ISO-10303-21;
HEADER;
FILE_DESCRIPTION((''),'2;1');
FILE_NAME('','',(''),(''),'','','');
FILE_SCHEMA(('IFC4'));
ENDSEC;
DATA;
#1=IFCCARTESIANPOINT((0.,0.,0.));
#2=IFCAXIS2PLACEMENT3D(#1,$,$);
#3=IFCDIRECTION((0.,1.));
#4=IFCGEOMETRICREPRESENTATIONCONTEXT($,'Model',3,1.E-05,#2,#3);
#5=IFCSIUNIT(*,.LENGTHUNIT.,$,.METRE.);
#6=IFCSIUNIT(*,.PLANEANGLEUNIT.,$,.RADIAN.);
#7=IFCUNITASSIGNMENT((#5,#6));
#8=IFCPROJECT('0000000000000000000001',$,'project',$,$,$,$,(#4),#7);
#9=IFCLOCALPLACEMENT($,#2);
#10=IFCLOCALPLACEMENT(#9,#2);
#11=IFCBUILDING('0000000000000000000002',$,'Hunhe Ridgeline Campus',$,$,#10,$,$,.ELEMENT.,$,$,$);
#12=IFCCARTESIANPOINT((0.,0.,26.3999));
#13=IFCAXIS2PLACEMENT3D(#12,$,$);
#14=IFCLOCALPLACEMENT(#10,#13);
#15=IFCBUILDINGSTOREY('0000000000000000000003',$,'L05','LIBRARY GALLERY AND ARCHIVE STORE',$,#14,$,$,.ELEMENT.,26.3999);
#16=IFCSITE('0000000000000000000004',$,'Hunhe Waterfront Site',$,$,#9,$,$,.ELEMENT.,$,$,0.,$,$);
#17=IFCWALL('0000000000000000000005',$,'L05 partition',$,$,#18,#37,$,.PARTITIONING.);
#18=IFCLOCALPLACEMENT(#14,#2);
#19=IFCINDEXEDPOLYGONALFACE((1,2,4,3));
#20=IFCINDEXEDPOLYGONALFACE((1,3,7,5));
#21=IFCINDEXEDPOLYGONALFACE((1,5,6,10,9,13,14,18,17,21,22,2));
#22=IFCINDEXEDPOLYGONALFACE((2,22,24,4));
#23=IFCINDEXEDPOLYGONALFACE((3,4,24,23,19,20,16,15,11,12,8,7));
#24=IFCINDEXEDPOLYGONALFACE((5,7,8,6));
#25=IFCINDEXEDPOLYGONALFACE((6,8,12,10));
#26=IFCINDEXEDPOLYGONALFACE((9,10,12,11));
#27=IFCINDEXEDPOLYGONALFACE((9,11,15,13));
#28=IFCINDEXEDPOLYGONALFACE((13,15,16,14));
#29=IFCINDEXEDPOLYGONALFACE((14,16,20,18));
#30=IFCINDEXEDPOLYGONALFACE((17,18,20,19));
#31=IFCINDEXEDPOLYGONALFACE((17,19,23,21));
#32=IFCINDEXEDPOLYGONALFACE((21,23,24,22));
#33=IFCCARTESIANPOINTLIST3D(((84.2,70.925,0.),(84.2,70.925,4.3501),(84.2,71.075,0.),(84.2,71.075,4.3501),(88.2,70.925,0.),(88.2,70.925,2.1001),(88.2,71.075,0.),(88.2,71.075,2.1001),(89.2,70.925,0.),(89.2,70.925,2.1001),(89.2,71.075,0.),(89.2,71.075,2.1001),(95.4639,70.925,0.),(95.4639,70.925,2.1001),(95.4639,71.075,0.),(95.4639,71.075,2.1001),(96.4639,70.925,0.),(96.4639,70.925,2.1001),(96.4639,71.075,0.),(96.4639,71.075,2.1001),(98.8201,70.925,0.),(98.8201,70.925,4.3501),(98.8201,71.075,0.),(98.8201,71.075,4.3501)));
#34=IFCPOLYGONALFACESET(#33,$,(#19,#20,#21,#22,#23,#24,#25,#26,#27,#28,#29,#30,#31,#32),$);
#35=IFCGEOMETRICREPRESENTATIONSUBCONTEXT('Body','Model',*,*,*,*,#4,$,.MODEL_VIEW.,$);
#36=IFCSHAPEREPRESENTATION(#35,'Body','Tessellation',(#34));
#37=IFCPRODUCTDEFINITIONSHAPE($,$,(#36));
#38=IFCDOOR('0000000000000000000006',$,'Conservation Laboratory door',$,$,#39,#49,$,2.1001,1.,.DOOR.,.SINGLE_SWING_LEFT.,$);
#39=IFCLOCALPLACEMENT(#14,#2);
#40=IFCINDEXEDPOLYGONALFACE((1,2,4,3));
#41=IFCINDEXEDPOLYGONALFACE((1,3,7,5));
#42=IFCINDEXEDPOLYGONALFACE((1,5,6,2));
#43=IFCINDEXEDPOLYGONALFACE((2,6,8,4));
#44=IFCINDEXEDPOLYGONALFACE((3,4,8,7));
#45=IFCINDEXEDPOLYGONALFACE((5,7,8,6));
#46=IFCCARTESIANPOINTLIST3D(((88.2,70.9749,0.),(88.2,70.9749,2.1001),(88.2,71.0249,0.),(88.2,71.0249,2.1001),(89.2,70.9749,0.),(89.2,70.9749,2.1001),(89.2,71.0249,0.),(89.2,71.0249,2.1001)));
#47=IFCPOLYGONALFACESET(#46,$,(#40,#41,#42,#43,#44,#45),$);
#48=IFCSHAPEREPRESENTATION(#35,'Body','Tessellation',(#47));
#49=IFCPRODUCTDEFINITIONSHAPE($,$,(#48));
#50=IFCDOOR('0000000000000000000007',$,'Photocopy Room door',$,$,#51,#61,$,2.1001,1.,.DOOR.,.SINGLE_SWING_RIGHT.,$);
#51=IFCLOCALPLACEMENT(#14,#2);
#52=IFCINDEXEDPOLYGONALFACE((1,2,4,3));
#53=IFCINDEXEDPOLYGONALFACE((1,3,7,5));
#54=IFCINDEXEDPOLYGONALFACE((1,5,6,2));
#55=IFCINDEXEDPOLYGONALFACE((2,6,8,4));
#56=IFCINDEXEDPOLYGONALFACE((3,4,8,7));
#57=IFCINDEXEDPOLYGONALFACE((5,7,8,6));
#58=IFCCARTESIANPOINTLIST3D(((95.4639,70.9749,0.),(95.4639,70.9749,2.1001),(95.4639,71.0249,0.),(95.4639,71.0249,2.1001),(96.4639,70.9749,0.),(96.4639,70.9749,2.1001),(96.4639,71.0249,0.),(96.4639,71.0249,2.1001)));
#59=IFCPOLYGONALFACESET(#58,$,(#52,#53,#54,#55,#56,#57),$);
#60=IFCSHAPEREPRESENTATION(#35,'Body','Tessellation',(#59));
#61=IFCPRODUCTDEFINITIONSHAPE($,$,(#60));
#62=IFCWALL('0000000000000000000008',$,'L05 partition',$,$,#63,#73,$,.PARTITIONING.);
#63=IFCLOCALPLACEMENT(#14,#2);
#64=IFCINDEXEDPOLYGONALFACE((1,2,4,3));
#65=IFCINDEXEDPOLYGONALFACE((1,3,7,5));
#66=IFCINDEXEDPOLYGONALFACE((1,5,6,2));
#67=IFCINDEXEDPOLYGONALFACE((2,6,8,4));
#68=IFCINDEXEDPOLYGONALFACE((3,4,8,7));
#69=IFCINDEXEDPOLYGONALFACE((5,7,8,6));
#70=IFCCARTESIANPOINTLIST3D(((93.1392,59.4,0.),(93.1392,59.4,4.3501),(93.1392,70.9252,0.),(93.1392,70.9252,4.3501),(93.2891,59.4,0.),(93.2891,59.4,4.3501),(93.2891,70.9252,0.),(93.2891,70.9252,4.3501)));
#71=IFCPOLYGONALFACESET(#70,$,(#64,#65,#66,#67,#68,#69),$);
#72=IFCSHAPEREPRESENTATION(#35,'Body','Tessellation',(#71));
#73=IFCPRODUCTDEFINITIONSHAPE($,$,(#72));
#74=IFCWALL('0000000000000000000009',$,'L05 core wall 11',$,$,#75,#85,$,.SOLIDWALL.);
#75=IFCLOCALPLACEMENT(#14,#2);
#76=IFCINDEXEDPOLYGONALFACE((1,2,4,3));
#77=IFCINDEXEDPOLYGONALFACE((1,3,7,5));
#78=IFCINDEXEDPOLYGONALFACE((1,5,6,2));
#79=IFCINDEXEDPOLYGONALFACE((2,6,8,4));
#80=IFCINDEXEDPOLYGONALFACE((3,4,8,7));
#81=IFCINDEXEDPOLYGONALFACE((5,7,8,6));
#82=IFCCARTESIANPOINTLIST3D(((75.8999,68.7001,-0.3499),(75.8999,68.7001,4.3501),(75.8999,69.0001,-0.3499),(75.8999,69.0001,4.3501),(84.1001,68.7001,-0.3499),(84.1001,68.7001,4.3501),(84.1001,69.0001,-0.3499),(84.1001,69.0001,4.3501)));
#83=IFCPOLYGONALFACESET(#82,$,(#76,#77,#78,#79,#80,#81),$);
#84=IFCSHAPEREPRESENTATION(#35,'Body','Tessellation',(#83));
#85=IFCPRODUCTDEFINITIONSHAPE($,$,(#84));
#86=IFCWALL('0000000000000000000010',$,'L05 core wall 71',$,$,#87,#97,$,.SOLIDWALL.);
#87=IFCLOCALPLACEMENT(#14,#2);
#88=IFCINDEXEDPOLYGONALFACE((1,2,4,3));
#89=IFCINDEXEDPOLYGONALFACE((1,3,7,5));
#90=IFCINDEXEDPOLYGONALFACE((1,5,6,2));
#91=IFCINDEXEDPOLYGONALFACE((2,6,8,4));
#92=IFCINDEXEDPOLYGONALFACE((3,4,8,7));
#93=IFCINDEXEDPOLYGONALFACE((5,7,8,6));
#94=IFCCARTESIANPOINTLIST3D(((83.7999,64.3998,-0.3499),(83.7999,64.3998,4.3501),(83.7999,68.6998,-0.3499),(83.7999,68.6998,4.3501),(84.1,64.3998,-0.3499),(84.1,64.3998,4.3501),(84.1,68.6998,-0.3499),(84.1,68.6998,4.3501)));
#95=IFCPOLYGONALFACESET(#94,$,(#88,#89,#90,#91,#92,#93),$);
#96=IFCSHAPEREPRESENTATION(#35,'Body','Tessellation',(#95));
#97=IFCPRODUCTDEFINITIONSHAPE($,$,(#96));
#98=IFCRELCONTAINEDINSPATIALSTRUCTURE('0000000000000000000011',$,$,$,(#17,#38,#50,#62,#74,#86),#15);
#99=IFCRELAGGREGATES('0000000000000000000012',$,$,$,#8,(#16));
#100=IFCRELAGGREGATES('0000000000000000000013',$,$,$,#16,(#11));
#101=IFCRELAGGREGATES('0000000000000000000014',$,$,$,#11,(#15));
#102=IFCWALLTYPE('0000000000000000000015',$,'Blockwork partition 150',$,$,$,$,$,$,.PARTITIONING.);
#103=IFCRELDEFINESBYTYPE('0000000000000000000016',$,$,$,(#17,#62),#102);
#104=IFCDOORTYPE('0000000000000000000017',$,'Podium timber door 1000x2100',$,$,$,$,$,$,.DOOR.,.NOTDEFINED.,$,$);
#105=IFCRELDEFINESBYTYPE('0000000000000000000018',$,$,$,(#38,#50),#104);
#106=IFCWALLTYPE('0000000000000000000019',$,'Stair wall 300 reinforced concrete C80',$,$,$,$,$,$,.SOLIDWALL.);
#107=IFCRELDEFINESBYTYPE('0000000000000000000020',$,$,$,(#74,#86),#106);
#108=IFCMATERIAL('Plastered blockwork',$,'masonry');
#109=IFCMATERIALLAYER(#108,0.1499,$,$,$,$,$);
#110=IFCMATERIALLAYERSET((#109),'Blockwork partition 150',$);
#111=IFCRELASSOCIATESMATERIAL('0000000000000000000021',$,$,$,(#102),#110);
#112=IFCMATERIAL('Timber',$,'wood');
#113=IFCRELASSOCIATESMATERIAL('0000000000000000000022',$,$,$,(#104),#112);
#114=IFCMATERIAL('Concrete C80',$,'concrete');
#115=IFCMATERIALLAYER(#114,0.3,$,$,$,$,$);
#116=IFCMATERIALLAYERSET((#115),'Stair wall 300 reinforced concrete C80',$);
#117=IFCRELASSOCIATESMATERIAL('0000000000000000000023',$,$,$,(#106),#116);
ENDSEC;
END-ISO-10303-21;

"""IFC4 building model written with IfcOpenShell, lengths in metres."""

from ifc_helpers import new_model, si_unit, direction, frame, frame_2d, origin, place, context, subcontext, project, spatial, rectangle, extrude, material, layer, layer_set, type_object, element, fill, save


model = new_model("IFC4")

# Units and contexts
model_context = context("Model", 3, precision=1e-05, world=origin(), true_north=direction((0.0, 1.0)))
body_context = subcontext(model_context, "Body", "Model", "MODEL_VIEW")
ifc_project = project(units=[si_unit("LENGTHUNIT", "METRE"), si_unit("PLANEANGLEUNIT", "RADIAN")], contexts=[model_context])

# Site, building, storey
site_placement = place(None, origin())
site = spatial("IfcSite", under=ifc_project, at=site_placement, Name="Hunhe Waterfront Site", CompositionType="ELEMENT", RefElevation=0.0)
building_placement = place(site_placement, origin())
building = spatial("IfcBuilding", under=site, at=building_placement, Name="Hunhe Ridgeline Campus", CompositionType="ELEMENT")
storey_placement = place(building_placement, frame((0.0, 0.0, 26.3999)))
storey = spatial("IfcBuildingStorey", under=building, at=storey_placement, Name="L05", Description="LIBRARY GALLERY AND ARCHIVE STORE", CompositionType="ELEMENT", Elevation=26.3999)

# Shared definitions
ifc_material_1 = material(Name="Concrete C80", Category="concrete")

# Wall, openings, doors
ifc_material_2 = material(Name="Plastered blockwork", Category="masonry")
ifc_layer_1 = layer(ifc_material_2, 0.1499)
ifc_layer_set_1 = layer_set([ifc_layer_1], Name="Blockwork partition 150")
wall_type_1 = type_object("IfcWallType", Name="Blockwork partition 150", PredefinedType="PARTITIONING", material=ifc_layer_set_1)
wall_1_placement = place(storey_placement, frame((84.2, 71.0, 0.0), z_axis=(0.0, 0.0, 1.0), x_axis=(1.0, 0.0, 0.0)))
wall_1 = element("IfcWall", 1, at=wall_1_placement, inside=storey, type_object=wall_type_1, Name="L05 partition", PredefinedType="PARTITIONING", context=body_context, shape_type="SweptSolid", body=[
    extrude(rectangle(XDim=14.6201, YDim=0.1499, at=frame_2d((7.3101, 0.0))), origin(), (0.0, 0.0, 1.0), 4.3501),
])
opening_1_placement = place(wall_1_placement, frame((4.0, 0.0, 0.0)))
opening_1 = element("IfcOpeningElement", 2, at=opening_1_placement, cuts=wall_1, PredefinedType="OPENING", context=body_context, shape_type="SweptSolid", body=[
    extrude(rectangle(XDim=1.0, YDim=2.1001, at=frame_2d((0.5, 1.05))), frame((0.0, 0.075, 0.0), z_axis=(0.0, -1.0, 0.0), x_axis=(1.0, 0.0, 0.0)), (0.0, 0.0, 1.0), 0.1499),
])
opening_2_placement = place(wall_1_placement, frame((11.2639, 0.0, 0.0)))
opening_2 = element("IfcOpeningElement", 3, at=opening_2_placement, cuts=wall_1, PredefinedType="OPENING", context=body_context, shape_type="SweptSolid", body=[
    extrude(rectangle(XDim=1.0, YDim=2.1001, at=frame_2d((0.5, 1.05))), frame((0.0, 0.075, 0.0), z_axis=(0.0, -1.0, 0.0), x_axis=(1.0, 0.0, 0.0)), (0.0, 0.0, 1.0), 0.1499),
])
ifc_material_3 = material(Name="Timber", Category="wood")
door_type_1 = type_object("IfcDoorType", Name="Podium timber door 1000x2100", OperationType="NOTDEFINED", PredefinedType="DOOR", material=ifc_material_3)
door_1_placement = place(opening_1_placement, origin())
door_1 = element("IfcDoor", 4, at=door_1_placement, inside=storey, type_object=door_type_1, Name="Conservation Laboratory door", OperationType="SINGLE_SWING_LEFT", OverallHeight=2.1001, OverallWidth=1.0, PredefinedType="DOOR", context=body_context, shape_type="SweptSolid", body=[
    extrude(rectangle(XDim=1.0, YDim=2.1001, at=frame_2d((0.5, 1.05))), frame((0.0, 0.0249, 0.0), z_axis=(0.0, -1.0, 0.0), x_axis=(1.0, 0.0, 0.0)), (0.0, 0.0, 1.0), 0.05),
])
fill(opening_1, door_1)
door_2_placement = place(opening_2_placement, origin())
door_2 = element("IfcDoor", 5, at=door_2_placement, inside=storey, type_object=door_type_1, Name="Photocopy Room door", OperationType="SINGLE_SWING_RIGHT", OverallHeight=2.1001, OverallWidth=1.0, PredefinedType="DOOR", context=body_context, shape_type="SweptSolid", body=[
    extrude(rectangle(XDim=1.0, YDim=2.1001, at=frame_2d((0.5, 1.05))), frame((0.0, 0.0249, 0.0), z_axis=(0.0, -1.0, 0.0), x_axis=(1.0, 0.0, 0.0)), (0.0, 0.0, 1.0), 0.05),
])
fill(opening_2, door_2)

# Walls
wall_2_placement = place(storey_placement, frame((93.2141, 59.3999, 0.0), z_axis=(0.0, 0.0, 1.0), x_axis=(0.0, 1.0, 0.0)))
element("IfcWall", 6, at=wall_2_placement, inside=storey, type_object=wall_type_1, Name="L05 partition", PredefinedType="PARTITIONING", context=body_context, shape_type="SweptSolid", body=[
    extrude(rectangle(XDim=11.5251, YDim=0.1499, at=frame_2d((5.7627, 0.0))), origin(), (0.0, 0.0, 1.0), 4.3501),
])
ifc_layer_2 = layer(ifc_material_1, 0.3)
ifc_layer_set_2 = layer_set([ifc_layer_2], Name="Stair wall 300 reinforced concrete C80")
wall_type_2 = type_object("IfcWallType", Name="Stair wall 300 reinforced concrete C80", PredefinedType="SOLIDWALL", material=ifc_layer_set_2)
wall_3_placement = place(storey_placement, frame((75.8999, 68.8501, -0.3499), z_axis=(0.0, 0.0, 1.0), x_axis=(1.0, 0.0, 0.0)))
element("IfcWall", 7, at=wall_3_placement, inside=storey, type_object=wall_type_2, Name="L05 core wall 11", PredefinedType="SOLIDWALL", context=body_context, shape_type="SweptSolid", body=[
    extrude(rectangle(XDim=8.2002, YDim=0.3, at=frame_2d((4.1001, 0.0))), origin(), (0.0, 0.0, 1.0), 4.7),
])

# Wall
wall_4_placement = place(storey_placement, frame((83.95, 64.3999, -0.3499), z_axis=(0.0, 0.0, 1.0), x_axis=(0.0, 1.0, 0.0)))
element("IfcWall", 8, at=wall_4_placement, inside=storey, type_object=wall_type_2, Name="L05 core wall 71", PredefinedType="SOLIDWALL", context=body_context, shape_type="SweptSolid", body=[
    extrude(rectangle(XDim=4.3, YDim=0.3, at=frame_2d((2.1499, 0.0))), origin(), (0.0, 0.0, 1.0), 4.7),
])

save(model, "model.ifc")
